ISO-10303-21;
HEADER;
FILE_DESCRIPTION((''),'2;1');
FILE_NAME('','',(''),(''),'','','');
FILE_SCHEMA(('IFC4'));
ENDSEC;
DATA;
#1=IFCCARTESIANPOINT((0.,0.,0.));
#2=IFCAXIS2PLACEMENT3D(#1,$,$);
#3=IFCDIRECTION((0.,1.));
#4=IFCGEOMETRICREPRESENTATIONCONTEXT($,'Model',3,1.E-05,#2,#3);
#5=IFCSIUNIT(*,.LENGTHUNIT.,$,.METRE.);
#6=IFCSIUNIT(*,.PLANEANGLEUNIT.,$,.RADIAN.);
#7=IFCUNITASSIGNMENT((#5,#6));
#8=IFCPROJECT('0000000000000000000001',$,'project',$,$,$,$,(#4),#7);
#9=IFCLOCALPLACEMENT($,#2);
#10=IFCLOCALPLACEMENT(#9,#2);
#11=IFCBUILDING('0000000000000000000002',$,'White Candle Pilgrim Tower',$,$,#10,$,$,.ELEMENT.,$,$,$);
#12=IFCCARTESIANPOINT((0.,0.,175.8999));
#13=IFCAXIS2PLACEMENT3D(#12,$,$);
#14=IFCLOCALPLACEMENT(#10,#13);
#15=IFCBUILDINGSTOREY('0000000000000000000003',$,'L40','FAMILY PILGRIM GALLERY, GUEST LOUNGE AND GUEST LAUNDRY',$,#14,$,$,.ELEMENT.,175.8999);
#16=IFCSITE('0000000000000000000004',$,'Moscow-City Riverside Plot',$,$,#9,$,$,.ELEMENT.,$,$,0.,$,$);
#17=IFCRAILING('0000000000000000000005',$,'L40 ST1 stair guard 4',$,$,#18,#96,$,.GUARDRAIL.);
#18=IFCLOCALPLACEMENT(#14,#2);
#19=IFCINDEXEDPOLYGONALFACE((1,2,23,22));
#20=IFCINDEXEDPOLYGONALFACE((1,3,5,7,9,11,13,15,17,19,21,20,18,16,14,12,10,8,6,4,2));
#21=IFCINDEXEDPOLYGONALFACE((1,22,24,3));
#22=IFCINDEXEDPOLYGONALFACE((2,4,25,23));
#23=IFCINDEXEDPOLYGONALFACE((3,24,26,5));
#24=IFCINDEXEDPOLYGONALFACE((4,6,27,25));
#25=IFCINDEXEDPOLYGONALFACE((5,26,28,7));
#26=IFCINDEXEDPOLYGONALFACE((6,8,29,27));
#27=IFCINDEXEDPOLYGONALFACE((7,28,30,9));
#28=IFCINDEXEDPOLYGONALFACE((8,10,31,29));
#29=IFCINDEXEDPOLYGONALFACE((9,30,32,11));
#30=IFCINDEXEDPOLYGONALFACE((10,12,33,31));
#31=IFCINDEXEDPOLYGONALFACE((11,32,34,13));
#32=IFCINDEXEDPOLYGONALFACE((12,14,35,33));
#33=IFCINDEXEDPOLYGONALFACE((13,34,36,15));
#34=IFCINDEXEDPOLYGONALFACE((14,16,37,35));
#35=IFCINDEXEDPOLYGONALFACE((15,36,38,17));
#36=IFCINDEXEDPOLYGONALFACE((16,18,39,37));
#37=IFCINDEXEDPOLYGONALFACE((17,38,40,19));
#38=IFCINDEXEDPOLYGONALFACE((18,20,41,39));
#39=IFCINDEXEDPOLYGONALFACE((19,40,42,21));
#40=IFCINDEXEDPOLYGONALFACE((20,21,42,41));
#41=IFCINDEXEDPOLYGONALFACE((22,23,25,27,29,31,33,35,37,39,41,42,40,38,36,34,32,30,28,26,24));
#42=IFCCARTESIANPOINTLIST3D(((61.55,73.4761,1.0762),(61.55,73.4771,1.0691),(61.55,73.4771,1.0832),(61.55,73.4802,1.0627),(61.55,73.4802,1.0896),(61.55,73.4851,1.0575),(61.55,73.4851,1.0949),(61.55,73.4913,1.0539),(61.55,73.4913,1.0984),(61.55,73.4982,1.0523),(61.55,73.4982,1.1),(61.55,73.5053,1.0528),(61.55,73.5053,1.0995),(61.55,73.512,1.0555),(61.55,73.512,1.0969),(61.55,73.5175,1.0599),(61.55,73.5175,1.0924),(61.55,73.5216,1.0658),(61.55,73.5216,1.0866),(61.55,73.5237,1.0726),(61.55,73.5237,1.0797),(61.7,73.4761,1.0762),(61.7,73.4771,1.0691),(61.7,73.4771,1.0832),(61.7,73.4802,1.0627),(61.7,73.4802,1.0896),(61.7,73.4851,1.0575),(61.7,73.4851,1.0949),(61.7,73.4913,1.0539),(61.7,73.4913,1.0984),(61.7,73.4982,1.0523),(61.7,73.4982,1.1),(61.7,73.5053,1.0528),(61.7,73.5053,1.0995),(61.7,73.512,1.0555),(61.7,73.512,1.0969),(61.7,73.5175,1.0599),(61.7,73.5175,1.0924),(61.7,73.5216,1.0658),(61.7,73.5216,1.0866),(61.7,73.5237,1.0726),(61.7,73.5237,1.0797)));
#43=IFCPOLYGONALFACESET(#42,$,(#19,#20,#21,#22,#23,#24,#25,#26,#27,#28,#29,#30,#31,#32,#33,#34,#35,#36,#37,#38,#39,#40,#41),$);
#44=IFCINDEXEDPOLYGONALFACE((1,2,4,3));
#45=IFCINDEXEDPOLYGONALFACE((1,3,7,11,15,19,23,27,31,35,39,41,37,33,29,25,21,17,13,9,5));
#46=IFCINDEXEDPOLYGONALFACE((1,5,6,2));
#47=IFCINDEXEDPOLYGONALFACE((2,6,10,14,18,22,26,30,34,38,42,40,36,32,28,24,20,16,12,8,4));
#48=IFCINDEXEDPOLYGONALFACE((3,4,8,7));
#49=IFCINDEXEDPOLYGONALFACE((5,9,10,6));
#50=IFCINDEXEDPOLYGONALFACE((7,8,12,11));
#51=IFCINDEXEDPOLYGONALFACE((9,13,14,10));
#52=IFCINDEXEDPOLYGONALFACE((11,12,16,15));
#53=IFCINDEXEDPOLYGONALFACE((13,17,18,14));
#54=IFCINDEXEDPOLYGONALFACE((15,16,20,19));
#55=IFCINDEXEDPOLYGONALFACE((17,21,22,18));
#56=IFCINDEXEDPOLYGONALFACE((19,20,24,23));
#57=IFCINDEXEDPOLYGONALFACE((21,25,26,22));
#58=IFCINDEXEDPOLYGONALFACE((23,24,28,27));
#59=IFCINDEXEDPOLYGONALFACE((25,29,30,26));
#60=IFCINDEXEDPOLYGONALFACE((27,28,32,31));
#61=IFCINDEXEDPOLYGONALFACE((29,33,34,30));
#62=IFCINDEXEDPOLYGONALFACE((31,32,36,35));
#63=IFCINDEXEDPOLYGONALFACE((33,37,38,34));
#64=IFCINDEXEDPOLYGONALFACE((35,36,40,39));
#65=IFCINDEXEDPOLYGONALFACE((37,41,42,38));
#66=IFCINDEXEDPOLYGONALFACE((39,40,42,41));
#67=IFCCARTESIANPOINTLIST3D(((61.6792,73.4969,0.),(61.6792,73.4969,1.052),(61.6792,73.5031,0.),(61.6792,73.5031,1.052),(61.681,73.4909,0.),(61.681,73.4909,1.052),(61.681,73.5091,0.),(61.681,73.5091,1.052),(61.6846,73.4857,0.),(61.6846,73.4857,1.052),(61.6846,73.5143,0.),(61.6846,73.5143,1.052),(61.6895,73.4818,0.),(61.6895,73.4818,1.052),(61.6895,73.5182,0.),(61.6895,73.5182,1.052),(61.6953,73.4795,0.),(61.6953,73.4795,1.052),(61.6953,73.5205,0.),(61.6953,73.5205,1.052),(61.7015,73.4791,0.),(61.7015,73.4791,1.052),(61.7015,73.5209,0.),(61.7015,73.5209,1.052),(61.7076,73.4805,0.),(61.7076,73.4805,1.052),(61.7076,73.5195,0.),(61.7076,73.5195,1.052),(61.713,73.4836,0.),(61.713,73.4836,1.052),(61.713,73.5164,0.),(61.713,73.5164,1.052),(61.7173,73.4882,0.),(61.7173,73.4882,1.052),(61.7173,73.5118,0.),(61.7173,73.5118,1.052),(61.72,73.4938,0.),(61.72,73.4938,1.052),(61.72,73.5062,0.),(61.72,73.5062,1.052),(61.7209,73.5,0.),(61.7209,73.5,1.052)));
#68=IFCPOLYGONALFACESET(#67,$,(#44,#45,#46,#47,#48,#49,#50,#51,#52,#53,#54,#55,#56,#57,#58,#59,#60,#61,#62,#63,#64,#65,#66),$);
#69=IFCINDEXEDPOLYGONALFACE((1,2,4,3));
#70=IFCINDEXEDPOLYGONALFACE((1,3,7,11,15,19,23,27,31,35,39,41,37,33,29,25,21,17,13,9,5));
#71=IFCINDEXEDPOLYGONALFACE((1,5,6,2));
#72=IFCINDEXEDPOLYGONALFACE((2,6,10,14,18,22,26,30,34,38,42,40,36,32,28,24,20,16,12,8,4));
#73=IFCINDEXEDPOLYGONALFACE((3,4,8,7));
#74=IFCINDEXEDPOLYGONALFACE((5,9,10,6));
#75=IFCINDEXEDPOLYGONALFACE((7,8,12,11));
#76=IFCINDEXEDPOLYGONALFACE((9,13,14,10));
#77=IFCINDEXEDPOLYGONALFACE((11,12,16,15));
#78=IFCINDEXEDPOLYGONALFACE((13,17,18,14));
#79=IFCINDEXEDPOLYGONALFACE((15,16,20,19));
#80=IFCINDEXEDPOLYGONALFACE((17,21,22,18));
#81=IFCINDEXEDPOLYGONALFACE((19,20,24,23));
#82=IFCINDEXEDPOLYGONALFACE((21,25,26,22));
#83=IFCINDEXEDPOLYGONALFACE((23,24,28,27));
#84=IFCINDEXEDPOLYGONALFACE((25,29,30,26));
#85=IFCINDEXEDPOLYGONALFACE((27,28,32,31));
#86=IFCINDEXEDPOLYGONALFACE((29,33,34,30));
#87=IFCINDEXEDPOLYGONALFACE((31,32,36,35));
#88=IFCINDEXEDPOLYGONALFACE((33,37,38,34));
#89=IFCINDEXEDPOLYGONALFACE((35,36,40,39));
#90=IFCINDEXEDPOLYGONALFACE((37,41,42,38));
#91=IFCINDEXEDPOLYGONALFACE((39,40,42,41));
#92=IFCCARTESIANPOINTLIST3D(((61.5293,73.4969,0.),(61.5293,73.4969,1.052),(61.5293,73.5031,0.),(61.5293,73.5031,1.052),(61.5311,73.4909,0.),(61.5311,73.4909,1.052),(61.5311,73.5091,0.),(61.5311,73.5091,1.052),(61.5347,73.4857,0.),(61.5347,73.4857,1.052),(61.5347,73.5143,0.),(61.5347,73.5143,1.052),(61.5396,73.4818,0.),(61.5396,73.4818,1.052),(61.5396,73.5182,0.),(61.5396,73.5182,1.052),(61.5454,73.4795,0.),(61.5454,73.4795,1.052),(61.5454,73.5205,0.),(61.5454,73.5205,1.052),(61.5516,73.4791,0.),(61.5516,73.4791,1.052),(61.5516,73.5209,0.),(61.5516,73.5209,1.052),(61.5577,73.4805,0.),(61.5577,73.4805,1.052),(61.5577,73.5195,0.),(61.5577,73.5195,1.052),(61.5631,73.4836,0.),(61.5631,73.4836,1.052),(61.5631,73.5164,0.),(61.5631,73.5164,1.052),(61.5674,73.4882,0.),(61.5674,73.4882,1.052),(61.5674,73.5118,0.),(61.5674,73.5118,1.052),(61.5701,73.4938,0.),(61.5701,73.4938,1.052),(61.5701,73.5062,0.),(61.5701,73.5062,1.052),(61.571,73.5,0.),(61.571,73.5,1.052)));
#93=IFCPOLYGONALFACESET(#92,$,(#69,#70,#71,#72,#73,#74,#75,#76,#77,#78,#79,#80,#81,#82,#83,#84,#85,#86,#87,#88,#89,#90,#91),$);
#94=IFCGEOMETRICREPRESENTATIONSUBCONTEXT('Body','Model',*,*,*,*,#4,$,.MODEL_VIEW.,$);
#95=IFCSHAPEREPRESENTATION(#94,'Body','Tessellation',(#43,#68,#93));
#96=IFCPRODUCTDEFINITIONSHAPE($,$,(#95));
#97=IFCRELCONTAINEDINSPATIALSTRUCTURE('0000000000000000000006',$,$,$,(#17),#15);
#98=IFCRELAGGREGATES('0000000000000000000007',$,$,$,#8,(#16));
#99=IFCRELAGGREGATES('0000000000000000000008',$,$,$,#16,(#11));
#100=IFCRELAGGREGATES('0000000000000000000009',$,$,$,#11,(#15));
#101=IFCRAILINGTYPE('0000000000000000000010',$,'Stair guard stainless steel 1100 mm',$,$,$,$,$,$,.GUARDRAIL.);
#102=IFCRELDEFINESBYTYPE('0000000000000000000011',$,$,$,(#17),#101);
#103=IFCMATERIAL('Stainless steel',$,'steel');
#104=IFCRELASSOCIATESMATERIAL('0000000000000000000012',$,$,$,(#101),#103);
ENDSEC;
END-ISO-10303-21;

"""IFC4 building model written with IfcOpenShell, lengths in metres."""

from ifc_helpers import new_model, si_unit, direction, frame, origin, origin_2d, place, context, subcontext, project, spatial, circle, extrude, material, type_object, element, save


model = new_model("IFC4")

# Units and contexts
model_context = context("Model", 3, precision=1e-05, world=origin(), true_north=direction((0.0, 1.0)))
body_context = subcontext(model_context, "Body", "Model", "MODEL_VIEW")
ifc_project = project(units=[si_unit("LENGTHUNIT", "METRE"), si_unit("PLANEANGLEUNIT", "RADIAN")], contexts=[model_context])

# Site, building, storey
site_placement = place(None, origin())
site = spatial("IfcSite", under=ifc_project, at=site_placement, Name="Moscow-City Riverside Plot", CompositionType="ELEMENT", RefElevation=0.0)
building_placement = place(site_placement, origin())
building = spatial("IfcBuilding", under=site, at=building_placement, Name="White Candle Pilgrim Tower", CompositionType="ELEMENT")
storey_placement = place(building_placement, frame((0.0, 0.0, 175.8999)))
storey = spatial("IfcBuildingStorey", under=building, at=storey_placement, Name="L40", Description="FAMILY PILGRIM GALLERY, GUEST LOUNGE AND GUEST LAUNDRY", CompositionType="ELEMENT", Elevation=175.8999)

# Railing
ifc_material_1 = material(Name="Stainless steel", Category="steel")
railing_type = type_object("IfcRailingType", Name="Stair guard stainless steel 1100 mm", PredefinedType="GUARDRAIL", material=ifc_material_1)
railing_1_placement = place(storey_placement, frame((61.7, 73.5, 0.0)))
element("IfcRailing", 1, at=railing_1_placement, inside=storey, type_object=railing_type, Name="L40 ST1 stair guard 4", PredefinedType="GUARDRAIL", context=body_context, shape_type="SweptSolid", body=[
    extrude(circle(Radius=0.0239, at=origin_2d()), frame((0.0, 0.0, 1.0762), z_axis=(-1.0, 0.0, 0.0), x_axis=(0.0, -1.0, 0.0)), (0.0, 0.0, 1.0), 0.1499),
    extrude(circle(Radius=0.021, at=origin_2d()), origin(), (0.0, 0.0, 1.0), 1.052),
    extrude(circle(Radius=0.021, at=origin_2d()), frame((-0.1499, 0.0, 0.0)), (0.0, 0.0, 1.0), 1.052),
])

save(model, "model.ifc")
